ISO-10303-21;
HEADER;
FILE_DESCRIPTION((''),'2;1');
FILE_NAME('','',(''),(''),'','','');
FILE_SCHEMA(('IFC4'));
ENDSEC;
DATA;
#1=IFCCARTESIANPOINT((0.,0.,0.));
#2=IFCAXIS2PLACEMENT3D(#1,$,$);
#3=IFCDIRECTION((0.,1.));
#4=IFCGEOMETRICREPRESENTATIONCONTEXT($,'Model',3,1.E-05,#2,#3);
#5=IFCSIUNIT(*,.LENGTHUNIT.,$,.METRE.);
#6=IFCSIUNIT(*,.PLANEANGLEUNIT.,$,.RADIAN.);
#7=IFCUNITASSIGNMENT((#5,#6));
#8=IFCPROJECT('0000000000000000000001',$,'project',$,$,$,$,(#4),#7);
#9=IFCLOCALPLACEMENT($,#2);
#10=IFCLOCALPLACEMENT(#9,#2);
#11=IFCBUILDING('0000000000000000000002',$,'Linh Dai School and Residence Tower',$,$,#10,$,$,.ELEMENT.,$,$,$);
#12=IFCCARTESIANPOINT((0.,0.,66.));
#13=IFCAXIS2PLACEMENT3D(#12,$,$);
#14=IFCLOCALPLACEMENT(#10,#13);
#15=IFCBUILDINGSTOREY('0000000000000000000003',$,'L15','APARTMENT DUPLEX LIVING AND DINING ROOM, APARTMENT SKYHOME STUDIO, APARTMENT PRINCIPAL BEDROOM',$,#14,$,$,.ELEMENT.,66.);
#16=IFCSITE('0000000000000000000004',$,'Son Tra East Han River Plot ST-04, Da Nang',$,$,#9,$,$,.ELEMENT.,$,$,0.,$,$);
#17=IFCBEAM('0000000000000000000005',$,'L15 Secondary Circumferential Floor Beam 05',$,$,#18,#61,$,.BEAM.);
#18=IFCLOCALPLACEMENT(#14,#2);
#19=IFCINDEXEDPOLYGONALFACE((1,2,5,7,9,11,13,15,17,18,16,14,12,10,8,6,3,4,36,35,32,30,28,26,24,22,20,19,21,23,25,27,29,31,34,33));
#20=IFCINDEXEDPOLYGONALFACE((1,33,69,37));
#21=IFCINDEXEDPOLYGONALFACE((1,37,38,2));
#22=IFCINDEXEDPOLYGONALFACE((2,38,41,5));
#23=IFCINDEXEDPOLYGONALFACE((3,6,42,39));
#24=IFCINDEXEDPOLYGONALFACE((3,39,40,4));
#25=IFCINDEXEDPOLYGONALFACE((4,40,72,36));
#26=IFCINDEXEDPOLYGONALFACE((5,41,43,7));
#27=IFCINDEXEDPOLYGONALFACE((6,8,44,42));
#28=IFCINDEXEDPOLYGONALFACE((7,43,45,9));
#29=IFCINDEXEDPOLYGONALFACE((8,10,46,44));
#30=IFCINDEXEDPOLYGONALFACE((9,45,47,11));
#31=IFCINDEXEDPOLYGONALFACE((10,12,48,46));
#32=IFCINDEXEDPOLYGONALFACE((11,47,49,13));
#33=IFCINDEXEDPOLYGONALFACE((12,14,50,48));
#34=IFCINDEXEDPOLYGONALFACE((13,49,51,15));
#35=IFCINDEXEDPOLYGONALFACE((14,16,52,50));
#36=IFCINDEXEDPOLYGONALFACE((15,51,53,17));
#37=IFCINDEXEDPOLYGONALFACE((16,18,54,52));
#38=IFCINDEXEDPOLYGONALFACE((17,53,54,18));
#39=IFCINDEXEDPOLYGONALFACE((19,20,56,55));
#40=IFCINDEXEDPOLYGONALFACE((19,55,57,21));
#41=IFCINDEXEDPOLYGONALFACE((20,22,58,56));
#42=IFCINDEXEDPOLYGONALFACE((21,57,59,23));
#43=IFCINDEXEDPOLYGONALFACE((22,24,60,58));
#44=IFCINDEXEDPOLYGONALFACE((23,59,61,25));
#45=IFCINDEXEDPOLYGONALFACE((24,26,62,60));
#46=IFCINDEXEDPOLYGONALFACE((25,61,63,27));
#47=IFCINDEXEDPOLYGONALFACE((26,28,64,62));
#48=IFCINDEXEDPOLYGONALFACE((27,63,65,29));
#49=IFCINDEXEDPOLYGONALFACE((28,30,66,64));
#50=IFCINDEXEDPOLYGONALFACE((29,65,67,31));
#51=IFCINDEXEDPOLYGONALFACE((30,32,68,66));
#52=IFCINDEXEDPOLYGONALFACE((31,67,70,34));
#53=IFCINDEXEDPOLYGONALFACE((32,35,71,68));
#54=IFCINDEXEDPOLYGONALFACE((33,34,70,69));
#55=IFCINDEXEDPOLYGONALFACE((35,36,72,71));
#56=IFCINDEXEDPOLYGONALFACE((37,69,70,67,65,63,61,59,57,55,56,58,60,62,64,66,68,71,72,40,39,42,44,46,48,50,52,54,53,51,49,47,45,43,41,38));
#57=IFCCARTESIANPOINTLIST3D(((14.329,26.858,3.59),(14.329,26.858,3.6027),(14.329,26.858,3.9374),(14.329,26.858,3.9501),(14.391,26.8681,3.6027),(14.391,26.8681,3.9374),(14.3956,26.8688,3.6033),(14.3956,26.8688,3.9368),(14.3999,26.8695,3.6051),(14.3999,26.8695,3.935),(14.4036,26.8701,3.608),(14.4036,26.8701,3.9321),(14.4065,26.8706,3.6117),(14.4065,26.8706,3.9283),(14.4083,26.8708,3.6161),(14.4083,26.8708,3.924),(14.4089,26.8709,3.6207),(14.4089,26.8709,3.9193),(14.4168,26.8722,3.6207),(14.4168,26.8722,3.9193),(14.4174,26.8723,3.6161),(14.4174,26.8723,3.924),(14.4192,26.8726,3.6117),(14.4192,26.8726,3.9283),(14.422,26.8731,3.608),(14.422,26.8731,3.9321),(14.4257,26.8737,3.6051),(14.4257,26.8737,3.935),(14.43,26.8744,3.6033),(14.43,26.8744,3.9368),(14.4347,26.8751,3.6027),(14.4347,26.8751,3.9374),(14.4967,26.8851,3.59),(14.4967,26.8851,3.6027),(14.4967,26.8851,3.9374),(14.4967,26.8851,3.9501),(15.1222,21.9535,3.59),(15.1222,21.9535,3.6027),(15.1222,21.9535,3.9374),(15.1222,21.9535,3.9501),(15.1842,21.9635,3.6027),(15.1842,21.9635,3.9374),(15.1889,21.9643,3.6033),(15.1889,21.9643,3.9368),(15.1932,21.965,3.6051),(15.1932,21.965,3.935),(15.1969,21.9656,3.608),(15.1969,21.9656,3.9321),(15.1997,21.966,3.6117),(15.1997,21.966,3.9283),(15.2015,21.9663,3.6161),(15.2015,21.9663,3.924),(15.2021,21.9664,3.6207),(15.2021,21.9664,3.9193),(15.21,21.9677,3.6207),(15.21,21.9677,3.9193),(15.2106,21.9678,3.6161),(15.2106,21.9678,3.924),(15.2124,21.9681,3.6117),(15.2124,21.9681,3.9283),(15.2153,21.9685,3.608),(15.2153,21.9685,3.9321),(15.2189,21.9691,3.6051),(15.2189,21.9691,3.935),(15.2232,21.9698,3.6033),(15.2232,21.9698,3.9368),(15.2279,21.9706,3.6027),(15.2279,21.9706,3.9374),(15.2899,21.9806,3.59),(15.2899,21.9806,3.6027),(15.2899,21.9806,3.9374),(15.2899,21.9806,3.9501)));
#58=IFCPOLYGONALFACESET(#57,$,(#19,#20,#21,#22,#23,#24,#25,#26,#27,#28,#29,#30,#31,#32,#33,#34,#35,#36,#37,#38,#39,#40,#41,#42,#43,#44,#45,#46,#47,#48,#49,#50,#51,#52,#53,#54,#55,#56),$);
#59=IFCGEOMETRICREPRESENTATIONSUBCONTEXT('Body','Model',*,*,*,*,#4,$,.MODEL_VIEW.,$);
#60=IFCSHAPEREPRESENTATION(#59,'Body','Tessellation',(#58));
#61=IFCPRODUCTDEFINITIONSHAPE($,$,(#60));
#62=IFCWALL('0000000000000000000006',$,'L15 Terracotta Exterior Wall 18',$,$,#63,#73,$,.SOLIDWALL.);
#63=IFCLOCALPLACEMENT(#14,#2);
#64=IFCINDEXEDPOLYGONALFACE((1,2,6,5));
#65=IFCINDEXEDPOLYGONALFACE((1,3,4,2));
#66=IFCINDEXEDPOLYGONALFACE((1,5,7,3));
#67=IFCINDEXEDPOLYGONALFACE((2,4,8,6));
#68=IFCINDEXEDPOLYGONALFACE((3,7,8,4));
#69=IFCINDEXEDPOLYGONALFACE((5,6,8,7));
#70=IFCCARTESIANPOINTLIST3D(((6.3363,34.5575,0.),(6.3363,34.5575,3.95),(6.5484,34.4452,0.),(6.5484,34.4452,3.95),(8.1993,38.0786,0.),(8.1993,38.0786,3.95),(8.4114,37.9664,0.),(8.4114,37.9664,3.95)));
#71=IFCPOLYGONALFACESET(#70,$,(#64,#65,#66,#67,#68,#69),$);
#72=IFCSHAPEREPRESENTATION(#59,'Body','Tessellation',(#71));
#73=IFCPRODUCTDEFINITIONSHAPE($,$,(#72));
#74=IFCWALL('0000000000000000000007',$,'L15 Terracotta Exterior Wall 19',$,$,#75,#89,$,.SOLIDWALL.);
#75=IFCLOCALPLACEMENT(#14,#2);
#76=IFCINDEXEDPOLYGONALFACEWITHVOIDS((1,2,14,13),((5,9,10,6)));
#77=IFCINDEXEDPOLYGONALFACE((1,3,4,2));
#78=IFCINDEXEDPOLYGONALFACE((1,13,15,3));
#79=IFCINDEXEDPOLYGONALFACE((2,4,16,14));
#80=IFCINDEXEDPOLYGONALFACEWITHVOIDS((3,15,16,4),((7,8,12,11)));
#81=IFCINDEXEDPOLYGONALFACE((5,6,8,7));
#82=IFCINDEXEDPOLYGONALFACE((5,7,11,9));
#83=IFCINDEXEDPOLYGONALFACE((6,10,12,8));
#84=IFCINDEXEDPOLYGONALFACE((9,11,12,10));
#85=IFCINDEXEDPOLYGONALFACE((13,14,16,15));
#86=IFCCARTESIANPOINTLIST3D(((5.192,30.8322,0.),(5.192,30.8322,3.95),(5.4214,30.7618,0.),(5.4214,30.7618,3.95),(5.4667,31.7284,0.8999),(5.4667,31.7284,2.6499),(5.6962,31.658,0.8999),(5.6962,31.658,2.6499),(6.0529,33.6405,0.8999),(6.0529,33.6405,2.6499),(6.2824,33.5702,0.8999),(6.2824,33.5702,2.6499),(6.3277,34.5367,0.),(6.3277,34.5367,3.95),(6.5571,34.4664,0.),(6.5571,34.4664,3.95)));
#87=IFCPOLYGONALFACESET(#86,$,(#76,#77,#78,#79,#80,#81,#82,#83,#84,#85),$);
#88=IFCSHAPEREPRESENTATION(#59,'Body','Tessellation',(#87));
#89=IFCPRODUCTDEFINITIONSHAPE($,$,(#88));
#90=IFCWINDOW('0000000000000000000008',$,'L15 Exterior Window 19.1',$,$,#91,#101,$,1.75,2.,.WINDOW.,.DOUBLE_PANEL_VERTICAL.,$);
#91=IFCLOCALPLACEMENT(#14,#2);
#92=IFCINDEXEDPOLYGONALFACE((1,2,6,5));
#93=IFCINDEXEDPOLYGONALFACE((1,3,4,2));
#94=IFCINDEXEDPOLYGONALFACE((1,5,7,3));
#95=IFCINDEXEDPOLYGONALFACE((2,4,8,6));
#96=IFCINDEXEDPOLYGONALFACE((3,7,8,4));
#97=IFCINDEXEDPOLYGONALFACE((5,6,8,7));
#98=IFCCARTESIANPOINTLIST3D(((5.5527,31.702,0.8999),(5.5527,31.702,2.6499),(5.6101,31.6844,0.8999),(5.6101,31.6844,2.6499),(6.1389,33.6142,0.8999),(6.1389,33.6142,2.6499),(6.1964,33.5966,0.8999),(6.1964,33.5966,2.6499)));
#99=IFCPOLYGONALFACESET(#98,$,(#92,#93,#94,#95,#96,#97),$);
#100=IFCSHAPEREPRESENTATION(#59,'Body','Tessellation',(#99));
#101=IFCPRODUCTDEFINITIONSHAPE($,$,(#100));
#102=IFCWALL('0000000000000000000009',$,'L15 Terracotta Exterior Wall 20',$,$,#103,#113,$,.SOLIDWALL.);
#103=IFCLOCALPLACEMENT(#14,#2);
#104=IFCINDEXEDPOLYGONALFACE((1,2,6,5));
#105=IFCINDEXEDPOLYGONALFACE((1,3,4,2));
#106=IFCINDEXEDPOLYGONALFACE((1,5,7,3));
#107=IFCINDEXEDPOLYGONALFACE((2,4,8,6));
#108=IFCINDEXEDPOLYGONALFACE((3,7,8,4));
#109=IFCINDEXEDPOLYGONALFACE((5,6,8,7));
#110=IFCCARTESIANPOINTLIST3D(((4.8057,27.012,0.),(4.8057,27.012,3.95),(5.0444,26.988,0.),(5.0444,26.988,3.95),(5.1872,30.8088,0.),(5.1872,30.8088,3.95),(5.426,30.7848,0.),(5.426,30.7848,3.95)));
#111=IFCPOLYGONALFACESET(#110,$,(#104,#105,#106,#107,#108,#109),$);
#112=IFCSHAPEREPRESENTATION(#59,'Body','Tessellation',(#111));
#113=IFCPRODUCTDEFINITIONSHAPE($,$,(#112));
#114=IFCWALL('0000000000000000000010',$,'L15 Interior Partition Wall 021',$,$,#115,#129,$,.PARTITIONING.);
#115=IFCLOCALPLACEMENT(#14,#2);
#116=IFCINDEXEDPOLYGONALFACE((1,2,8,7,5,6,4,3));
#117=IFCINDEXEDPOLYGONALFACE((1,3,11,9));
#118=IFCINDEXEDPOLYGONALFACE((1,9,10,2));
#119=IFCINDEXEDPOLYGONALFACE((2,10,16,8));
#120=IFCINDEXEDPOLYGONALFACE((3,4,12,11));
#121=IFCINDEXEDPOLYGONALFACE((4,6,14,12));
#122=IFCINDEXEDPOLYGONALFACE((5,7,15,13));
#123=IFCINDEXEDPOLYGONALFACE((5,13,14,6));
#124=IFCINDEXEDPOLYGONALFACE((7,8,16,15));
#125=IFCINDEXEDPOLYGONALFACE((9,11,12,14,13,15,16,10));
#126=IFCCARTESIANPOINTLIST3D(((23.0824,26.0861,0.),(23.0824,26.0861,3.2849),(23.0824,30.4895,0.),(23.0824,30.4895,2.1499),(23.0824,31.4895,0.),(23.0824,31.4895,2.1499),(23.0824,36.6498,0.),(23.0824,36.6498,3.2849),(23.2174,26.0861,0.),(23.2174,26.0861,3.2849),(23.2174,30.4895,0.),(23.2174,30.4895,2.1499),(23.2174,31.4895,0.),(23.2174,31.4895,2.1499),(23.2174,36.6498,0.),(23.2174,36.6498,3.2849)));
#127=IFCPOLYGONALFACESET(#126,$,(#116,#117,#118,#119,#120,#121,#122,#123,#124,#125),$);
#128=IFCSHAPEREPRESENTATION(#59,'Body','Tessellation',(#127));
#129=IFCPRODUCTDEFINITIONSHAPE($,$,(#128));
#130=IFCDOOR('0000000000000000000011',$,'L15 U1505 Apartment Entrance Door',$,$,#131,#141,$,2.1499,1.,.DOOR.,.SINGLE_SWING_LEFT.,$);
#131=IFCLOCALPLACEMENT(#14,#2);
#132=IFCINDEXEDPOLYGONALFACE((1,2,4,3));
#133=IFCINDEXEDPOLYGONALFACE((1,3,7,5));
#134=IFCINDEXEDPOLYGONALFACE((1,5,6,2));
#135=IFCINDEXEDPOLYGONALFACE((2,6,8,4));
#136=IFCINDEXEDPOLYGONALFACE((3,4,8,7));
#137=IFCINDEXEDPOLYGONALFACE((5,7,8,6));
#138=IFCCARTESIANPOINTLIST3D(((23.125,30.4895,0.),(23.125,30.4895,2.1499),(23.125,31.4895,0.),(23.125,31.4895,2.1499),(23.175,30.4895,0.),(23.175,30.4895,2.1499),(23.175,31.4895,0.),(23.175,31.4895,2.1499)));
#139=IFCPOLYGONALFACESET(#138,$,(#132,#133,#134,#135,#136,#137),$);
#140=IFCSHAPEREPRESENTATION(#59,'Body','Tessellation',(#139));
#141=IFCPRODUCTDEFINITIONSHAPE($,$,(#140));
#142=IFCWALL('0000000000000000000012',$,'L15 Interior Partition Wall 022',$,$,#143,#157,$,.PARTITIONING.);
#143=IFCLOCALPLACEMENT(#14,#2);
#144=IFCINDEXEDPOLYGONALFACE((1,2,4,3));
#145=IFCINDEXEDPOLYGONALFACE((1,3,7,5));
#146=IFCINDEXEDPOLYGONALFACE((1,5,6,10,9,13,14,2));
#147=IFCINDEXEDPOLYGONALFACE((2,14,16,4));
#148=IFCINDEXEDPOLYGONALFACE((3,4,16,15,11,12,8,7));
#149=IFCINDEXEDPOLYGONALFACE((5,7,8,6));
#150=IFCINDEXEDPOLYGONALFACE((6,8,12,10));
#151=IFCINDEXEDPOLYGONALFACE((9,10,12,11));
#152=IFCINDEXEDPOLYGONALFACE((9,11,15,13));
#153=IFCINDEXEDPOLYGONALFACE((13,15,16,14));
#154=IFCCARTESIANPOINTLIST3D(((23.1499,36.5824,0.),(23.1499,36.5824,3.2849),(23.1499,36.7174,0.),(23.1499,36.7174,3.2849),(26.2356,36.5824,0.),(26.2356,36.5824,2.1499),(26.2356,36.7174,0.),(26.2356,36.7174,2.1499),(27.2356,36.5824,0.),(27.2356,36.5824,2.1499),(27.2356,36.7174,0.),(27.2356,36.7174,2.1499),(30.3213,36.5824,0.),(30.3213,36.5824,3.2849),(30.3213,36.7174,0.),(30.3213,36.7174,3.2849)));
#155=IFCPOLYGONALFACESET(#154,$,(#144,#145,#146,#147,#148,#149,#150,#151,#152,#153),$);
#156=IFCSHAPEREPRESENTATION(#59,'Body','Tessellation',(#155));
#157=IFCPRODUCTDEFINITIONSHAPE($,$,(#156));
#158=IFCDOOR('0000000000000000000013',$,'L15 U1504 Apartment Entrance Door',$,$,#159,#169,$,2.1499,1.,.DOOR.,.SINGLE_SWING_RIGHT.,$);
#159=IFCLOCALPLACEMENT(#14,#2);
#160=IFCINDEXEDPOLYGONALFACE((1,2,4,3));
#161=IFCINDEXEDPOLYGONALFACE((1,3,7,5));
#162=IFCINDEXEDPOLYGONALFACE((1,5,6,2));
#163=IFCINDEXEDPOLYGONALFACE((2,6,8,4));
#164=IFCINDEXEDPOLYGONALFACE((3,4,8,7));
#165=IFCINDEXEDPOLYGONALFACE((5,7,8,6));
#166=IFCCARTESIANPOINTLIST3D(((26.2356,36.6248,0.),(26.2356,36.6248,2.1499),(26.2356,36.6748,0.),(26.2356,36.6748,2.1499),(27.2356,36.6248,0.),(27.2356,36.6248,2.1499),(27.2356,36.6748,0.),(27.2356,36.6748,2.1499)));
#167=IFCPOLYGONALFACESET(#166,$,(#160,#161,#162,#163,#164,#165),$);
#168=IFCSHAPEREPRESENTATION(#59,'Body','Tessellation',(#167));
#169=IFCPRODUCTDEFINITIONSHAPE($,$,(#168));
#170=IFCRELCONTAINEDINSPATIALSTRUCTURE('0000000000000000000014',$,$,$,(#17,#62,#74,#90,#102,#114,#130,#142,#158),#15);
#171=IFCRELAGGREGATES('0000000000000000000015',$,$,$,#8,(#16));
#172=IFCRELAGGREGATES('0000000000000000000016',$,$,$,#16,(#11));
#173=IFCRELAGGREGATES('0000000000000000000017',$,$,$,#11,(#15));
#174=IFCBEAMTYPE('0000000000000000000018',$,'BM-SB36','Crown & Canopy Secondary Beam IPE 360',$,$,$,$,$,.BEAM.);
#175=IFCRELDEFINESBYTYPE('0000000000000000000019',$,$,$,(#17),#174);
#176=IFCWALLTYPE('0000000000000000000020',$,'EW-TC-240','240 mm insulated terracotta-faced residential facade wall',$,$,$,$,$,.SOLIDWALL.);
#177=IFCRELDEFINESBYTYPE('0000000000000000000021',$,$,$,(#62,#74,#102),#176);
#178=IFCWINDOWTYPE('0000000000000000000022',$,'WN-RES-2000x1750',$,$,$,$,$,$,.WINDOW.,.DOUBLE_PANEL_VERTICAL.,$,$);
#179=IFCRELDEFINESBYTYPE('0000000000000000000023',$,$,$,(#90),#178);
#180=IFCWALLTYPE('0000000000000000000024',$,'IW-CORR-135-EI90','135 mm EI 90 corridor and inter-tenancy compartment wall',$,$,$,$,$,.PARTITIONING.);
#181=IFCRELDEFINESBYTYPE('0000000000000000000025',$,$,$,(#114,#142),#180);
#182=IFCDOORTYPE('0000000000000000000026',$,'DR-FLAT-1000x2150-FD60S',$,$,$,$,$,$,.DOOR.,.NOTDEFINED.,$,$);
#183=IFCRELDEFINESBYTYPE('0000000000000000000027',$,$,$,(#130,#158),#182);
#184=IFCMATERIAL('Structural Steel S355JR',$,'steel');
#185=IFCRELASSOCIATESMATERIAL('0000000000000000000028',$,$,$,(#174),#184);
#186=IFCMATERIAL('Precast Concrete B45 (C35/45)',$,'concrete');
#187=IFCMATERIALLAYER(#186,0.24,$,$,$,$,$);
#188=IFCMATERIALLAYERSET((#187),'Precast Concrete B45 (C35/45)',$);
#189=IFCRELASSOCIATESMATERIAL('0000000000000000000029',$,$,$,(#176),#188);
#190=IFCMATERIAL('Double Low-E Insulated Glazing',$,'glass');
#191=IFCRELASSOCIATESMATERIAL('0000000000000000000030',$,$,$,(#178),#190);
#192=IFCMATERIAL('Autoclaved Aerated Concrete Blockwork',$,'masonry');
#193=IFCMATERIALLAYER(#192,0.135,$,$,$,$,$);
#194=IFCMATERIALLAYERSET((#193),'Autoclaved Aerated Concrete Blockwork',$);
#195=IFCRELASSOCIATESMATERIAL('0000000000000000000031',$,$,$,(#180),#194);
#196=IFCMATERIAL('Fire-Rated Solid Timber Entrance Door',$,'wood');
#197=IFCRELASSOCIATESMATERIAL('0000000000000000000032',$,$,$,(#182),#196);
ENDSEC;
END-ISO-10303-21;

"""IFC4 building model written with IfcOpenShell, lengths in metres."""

from ifc_helpers import new_model, si_unit, direction, frame, frame_2d, origin, origin_2d, place, context, subcontext, project, spatial, rectangle, i_section, extrude, source, transform, mapped, material, layer, layer_set, material_profile, profile_set, type_object, element, fill, save


model = new_model("IFC4")

# Units and contexts
model_context = context("Model", 3, precision=1e-05, world=origin(), true_north=direction((0.0, 1.0)))
body_context = subcontext(model_context, "Body", "Model", "MODEL_VIEW")
ifc_project = project(units=[si_unit("LENGTHUNIT", "METRE"), si_unit("PLANEANGLEUNIT", "RADIAN")], contexts=[model_context])

# Site, building, storey
site_placement = place(None, origin())
site = spatial("IfcSite", under=ifc_project, at=site_placement, Name="Son Tra East Han River Plot ST-04, Da Nang", CompositionType="ELEMENT", RefElevation=0.0)
building_placement = place(site_placement, origin())
building = spatial("IfcBuilding", under=site, at=building_placement, Name="Linh Dai School and Residence Tower", CompositionType="ELEMENT")
storey_placement = place(building_placement, frame((0.0, 0.0, 66.0)))
storey = spatial("IfcBuildingStorey", under=building, at=storey_placement, Name="L15", Description="APARTMENT DUPLEX LIVING AND DINING ROOM, APARTMENT SKYHOME STUDIO, APARTMENT PRINCIPAL BEDROOM", CompositionType="ELEMENT", Elevation=66.0)

# Shared definitions
ifc_material_1 = material(Name="Structural Steel S355JR", Category="steel")

# Beam
ifc_material_profile_1 = material_profile(ifc_material_1, i_section(OverallWidth=0.1699, OverallDepth=0.3601, WebThickness=0.0081, FlangeThickness=0.0127, FilletRadius=0.0181, at=origin_2d()), Name="IPE 360")
ifc_profile_set_1 = profile_set([ifc_material_profile_1], Name="Structural Steel S355JR")
beam_type_1 = type_object("IfcBeamType", Name="BM-SB36", Description="Crown & Canopy Secondary Beam IPE 360", PredefinedType="BEAM", material=ifc_profile_set_1)
beam_1_placement = place(storey_placement, frame((14.4128, 26.8716, 3.77), z_axis=(0.159656, -0.987173, 0.0), x_axis=(0.987173, 0.159656, 0.0)))
element("IfcBeam", 1, at=beam_1_placement, inside=storey, type_object=beam_type_1, Name="L15 Secondary Circumferential Floor Beam 05", PredefinedType="BEAM", context=body_context, shape_type="SweptSolid", body=[
    extrude(i_section(OverallWidth=0.1699, OverallDepth=0.3601, WebThickness=0.0081, FlangeThickness=0.0127, FilletRadius=0.0181, at=origin_2d()), origin(), (0.0, 0.0, 1.0), 4.9683),
])

# Wall
ifc_material_2 = material(Name="Precast Concrete B45 (C35/45)", Category="concrete")
ifc_layer_1 = layer(ifc_material_2, 0.24)
ifc_layer_set_1 = layer_set([ifc_layer_1], Name="Precast Concrete B45 (C35/45)")
wall_type_1 = type_object("IfcWallType", Name="EW-TC-240", Description="240 mm insulated terracotta-faced residential facade wall", PredefinedType="SOLIDWALL", material=ifc_layer_set_1)
wall_1_placement = place(storey_placement, frame((6.4424, 34.5015, 0.0), z_axis=(0.0, 0.0, 1.0), x_axis=(0.467662, 0.883907, 0.0)))
element("IfcWall", 2, at=wall_1_placement, inside=storey, type_object=wall_type_1, Name="L15 Terracotta Exterior Wall 18", PredefinedType="SOLIDWALL", context=body_context, shape_type="SweptSolid", body=[
    extrude(rectangle(XDim=3.9836, YDim=0.24, at=frame_2d((1.9917, 0.0))), origin(), (0.0, 0.0, 1.0), 3.95),
])

# Wall, opening, window
wall_2_placement = place(storey_placement, frame((5.3066, 30.7969, 0.0), z_axis=(0.0, 0.0, 1.0), x_axis=(0.293112, 0.956078, 0.0)))
wall_2 = element("IfcWall", 3, at=wall_2_placement, inside=storey, type_object=wall_type_1, Name="L15 Terracotta Exterior Wall 19", PredefinedType="SOLIDWALL", context=body_context, shape_type="SweptSolid", body=[
    extrude(rectangle(XDim=3.8748, YDim=0.24, at=frame_2d((1.9375, 0.0))), origin(), (0.0, 0.0, 1.0), 3.95),
])
opening_1_placement = place(wall_2_placement, frame((0.9375, 0.0, 0.8999)))
opening_1 = element("IfcOpeningElement", 4, at=opening_1_placement, cuts=wall_2, PredefinedType="OPENING", context=body_context, shape_type="SweptSolid", body=[
    extrude(rectangle(XDim=2.0, YDim=1.75, at=origin_2d()), frame((1.0, 0.1299, 0.875), z_axis=(0.0, -1.0, 0.0), x_axis=(1.0, 0.0, 0.0)), (0.0, 0.0, 1.0), 0.26),
])
ifc_material_3 = material(Name="Double Low-E Insulated Glazing", Category="glass")
window_type = type_object("IfcWindowType", Name="WN-RES-2000x1750", PartitioningType="DOUBLE_PANEL_VERTICAL", PredefinedType="WINDOW", material=ifc_material_3)
shared_shape_1 = source(origin(), body_context, "Body", "SweptSolid", [
    extrude(rectangle(XDim=2.0, YDim=1.75, at=origin_2d()), frame((1.0, 0.03, 0.875), z_axis=(0.0, -1.0, 0.0), x_axis=(1.0, 0.0, 0.0)), (0.0, 0.0, 1.0), 0.0601),
])
window_placement = place(opening_1_placement, origin())
window = element("IfcWindow", 5, at=window_placement, inside=storey, type_object=window_type, Name="L15 Exterior Window 19.1", OverallHeight=1.75, OverallWidth=2.0, PartitioningType="DOUBLE_PANEL_VERTICAL", PredefinedType="WINDOW", context=body_context, shape_type="MappedRepresentation", body=[
    mapped(shared_shape_1, transform((0.0, 0.0, 0.0), x_axis=(1.0, 0.0, 0.0), y_axis=(0.0, 1.0, 0.0), z_axis=(0.0, 0.0, 1.0), scale=1.0)),
])
fill(opening_1, window)

# Wall
wall_3_placement = place(storey_placement, frame((4.925, 27.0, 0.0), z_axis=(0.0, 0.0, 1.0), x_axis=(0.099998, 0.994988, 0.0)))
element("IfcWall", 6, at=wall_3_placement, inside=storey, type_object=wall_type_1, Name="L15 Terracotta Exterior Wall 20", PredefinedType="SOLIDWALL", context=body_context, shape_type="SweptSolid", body=[
    extrude(rectangle(XDim=3.8159, YDim=0.24, at=frame_2d((1.908, 0.0))), origin(), (0.0, 0.0, 1.0), 3.95),
])

# Walls, openings, doors
ifc_material_4 = material(Name="Autoclaved Aerated Concrete Blockwork", Category="masonry")
ifc_layer_2 = layer(ifc_material_4, 0.135)
ifc_layer_set_2 = layer_set([ifc_layer_2], Name="Autoclaved Aerated Concrete Blockwork")
wall_type_2 = type_object("IfcWallType", Name="IW-CORR-135-EI90", Description="135 mm EI 90 corridor and inter-tenancy compartment wall", PredefinedType="PARTITIONING", material=ifc_layer_set_2)
wall_4_placement = place(storey_placement, frame((23.1499, 26.0862, 0.0), z_axis=(0.0, 0.0, 1.0), x_axis=(0.0, 1.0, 0.0)))
wall_4 = element("IfcWall", 7, at=wall_4_placement, inside=storey, type_object=wall_type_2, Name="L15 Interior Partition Wall 021", PredefinedType="PARTITIONING", context=body_context, shape_type="SweptSolid", body=[
    extrude(rectangle(XDim=10.5637, YDim=0.135, at=frame_2d((5.2817, 0.0))), origin(), (0.0, 0.0, 1.0), 3.2849),
])
opening_2_placement = place(wall_4_placement, frame((4.4033, 0.0, 0.0)))
opening_2 = element("IfcOpeningElement", 8, at=opening_2_placement, cuts=wall_4, PredefinedType="OPENING", context=body_context, shape_type="SweptSolid", body=[
    extrude(rectangle(XDim=1.0, YDim=2.1499, at=origin_2d()), frame((0.5, 0.0776, 1.075), z_axis=(0.0, -1.0, 0.0), x_axis=(1.0, 0.0, 0.0)), (0.0, 0.0, 1.0), 0.155),
])
ifc_material_5 = material(Name="Fire-Rated Solid Timber Entrance Door", Category="wood")
door_type_1 = type_object("IfcDoorType", Name="DR-FLAT-1000x2150-FD60S", OperationType="NOTDEFINED", PredefinedType="DOOR", material=ifc_material_5)
shared_shape_2 = source(origin(), body_context, "Body", "SweptSolid", [
    extrude(rectangle(XDim=1.0, YDim=2.1499, at=origin_2d()), frame((0.5, 0.0249, 1.075), z_axis=(0.0, -1.0, 0.0), x_axis=(1.0, 0.0, 0.0)), (0.0, 0.0, 1.0), 0.05),
])
door_1_placement = place(opening_2_placement, origin())
door_1 = element("IfcDoor", 9, at=door_1_placement, inside=storey, type_object=door_type_1, Name="L15 U1505 Apartment Entrance Door", OperationType="SINGLE_SWING_LEFT", OverallHeight=2.1499, OverallWidth=1.0, PredefinedType="DOOR", context=body_context, shape_type="MappedRepresentation", body=[
    mapped(shared_shape_2, transform((0.0, 0.0, 0.0), x_axis=(1.0, 0.0, 0.0), y_axis=(0.0, 1.0, 0.0), z_axis=(0.0, 0.0, 1.0), scale=1.0)),
])
fill(opening_2, door_1)
wall_5_placement = place(storey_placement, frame((23.1499, 36.6499, 0.0), z_axis=(0.0, 0.0, 1.0), x_axis=(1.0, 0.0, 0.0)))
wall_5 = element("IfcWall", 10, at=wall_5_placement, inside=storey, type_object=wall_type_2, Name="L15 Interior Partition Wall 022", PredefinedType="PARTITIONING", context=body_context, shape_type="SweptSolid", body=[
    extrude(rectangle(XDim=7.1714, YDim=0.135, at=frame_2d((3.5857, 0.0))), origin(), (0.0, 0.0, 1.0), 3.2849),
])
opening_3_placement = place(wall_5_placement, frame((3.0857, 0.0, 0.0)))
opening_3 = element("IfcOpeningElement", 11, at=opening_3_placement, cuts=wall_5, PredefinedType="OPENING", context=body_context, shape_type="SweptSolid", body=[
    extrude(rectangle(XDim=1.0, YDim=2.1499, at=origin_2d()), frame((0.5, 0.0776, 1.075), z_axis=(0.0, -1.0, 0.0), x_axis=(1.0, 0.0, 0.0)), (0.0, 0.0, 1.0), 0.155),
])
door_2_placement = place(opening_3_placement, origin())
door_2 = element("IfcDoor", 12, at=door_2_placement, inside=storey, type_object=door_type_1, Name="L15 U1504 Apartment Entrance Door", OperationType="SINGLE_SWING_RIGHT", OverallHeight=2.1499, OverallWidth=1.0, PredefinedType="DOOR", context=body_context, shape_type="MappedRepresentation", body=[
    mapped(shared_shape_2, transform((0.0, 0.0, 0.0), x_axis=(1.0, 0.0, 0.0), y_axis=(0.0, 1.0, 0.0), z_axis=(0.0, 0.0, 1.0), scale=1.0)),
])
fill(opening_3, door_2)

save(model, "model.ifc")
